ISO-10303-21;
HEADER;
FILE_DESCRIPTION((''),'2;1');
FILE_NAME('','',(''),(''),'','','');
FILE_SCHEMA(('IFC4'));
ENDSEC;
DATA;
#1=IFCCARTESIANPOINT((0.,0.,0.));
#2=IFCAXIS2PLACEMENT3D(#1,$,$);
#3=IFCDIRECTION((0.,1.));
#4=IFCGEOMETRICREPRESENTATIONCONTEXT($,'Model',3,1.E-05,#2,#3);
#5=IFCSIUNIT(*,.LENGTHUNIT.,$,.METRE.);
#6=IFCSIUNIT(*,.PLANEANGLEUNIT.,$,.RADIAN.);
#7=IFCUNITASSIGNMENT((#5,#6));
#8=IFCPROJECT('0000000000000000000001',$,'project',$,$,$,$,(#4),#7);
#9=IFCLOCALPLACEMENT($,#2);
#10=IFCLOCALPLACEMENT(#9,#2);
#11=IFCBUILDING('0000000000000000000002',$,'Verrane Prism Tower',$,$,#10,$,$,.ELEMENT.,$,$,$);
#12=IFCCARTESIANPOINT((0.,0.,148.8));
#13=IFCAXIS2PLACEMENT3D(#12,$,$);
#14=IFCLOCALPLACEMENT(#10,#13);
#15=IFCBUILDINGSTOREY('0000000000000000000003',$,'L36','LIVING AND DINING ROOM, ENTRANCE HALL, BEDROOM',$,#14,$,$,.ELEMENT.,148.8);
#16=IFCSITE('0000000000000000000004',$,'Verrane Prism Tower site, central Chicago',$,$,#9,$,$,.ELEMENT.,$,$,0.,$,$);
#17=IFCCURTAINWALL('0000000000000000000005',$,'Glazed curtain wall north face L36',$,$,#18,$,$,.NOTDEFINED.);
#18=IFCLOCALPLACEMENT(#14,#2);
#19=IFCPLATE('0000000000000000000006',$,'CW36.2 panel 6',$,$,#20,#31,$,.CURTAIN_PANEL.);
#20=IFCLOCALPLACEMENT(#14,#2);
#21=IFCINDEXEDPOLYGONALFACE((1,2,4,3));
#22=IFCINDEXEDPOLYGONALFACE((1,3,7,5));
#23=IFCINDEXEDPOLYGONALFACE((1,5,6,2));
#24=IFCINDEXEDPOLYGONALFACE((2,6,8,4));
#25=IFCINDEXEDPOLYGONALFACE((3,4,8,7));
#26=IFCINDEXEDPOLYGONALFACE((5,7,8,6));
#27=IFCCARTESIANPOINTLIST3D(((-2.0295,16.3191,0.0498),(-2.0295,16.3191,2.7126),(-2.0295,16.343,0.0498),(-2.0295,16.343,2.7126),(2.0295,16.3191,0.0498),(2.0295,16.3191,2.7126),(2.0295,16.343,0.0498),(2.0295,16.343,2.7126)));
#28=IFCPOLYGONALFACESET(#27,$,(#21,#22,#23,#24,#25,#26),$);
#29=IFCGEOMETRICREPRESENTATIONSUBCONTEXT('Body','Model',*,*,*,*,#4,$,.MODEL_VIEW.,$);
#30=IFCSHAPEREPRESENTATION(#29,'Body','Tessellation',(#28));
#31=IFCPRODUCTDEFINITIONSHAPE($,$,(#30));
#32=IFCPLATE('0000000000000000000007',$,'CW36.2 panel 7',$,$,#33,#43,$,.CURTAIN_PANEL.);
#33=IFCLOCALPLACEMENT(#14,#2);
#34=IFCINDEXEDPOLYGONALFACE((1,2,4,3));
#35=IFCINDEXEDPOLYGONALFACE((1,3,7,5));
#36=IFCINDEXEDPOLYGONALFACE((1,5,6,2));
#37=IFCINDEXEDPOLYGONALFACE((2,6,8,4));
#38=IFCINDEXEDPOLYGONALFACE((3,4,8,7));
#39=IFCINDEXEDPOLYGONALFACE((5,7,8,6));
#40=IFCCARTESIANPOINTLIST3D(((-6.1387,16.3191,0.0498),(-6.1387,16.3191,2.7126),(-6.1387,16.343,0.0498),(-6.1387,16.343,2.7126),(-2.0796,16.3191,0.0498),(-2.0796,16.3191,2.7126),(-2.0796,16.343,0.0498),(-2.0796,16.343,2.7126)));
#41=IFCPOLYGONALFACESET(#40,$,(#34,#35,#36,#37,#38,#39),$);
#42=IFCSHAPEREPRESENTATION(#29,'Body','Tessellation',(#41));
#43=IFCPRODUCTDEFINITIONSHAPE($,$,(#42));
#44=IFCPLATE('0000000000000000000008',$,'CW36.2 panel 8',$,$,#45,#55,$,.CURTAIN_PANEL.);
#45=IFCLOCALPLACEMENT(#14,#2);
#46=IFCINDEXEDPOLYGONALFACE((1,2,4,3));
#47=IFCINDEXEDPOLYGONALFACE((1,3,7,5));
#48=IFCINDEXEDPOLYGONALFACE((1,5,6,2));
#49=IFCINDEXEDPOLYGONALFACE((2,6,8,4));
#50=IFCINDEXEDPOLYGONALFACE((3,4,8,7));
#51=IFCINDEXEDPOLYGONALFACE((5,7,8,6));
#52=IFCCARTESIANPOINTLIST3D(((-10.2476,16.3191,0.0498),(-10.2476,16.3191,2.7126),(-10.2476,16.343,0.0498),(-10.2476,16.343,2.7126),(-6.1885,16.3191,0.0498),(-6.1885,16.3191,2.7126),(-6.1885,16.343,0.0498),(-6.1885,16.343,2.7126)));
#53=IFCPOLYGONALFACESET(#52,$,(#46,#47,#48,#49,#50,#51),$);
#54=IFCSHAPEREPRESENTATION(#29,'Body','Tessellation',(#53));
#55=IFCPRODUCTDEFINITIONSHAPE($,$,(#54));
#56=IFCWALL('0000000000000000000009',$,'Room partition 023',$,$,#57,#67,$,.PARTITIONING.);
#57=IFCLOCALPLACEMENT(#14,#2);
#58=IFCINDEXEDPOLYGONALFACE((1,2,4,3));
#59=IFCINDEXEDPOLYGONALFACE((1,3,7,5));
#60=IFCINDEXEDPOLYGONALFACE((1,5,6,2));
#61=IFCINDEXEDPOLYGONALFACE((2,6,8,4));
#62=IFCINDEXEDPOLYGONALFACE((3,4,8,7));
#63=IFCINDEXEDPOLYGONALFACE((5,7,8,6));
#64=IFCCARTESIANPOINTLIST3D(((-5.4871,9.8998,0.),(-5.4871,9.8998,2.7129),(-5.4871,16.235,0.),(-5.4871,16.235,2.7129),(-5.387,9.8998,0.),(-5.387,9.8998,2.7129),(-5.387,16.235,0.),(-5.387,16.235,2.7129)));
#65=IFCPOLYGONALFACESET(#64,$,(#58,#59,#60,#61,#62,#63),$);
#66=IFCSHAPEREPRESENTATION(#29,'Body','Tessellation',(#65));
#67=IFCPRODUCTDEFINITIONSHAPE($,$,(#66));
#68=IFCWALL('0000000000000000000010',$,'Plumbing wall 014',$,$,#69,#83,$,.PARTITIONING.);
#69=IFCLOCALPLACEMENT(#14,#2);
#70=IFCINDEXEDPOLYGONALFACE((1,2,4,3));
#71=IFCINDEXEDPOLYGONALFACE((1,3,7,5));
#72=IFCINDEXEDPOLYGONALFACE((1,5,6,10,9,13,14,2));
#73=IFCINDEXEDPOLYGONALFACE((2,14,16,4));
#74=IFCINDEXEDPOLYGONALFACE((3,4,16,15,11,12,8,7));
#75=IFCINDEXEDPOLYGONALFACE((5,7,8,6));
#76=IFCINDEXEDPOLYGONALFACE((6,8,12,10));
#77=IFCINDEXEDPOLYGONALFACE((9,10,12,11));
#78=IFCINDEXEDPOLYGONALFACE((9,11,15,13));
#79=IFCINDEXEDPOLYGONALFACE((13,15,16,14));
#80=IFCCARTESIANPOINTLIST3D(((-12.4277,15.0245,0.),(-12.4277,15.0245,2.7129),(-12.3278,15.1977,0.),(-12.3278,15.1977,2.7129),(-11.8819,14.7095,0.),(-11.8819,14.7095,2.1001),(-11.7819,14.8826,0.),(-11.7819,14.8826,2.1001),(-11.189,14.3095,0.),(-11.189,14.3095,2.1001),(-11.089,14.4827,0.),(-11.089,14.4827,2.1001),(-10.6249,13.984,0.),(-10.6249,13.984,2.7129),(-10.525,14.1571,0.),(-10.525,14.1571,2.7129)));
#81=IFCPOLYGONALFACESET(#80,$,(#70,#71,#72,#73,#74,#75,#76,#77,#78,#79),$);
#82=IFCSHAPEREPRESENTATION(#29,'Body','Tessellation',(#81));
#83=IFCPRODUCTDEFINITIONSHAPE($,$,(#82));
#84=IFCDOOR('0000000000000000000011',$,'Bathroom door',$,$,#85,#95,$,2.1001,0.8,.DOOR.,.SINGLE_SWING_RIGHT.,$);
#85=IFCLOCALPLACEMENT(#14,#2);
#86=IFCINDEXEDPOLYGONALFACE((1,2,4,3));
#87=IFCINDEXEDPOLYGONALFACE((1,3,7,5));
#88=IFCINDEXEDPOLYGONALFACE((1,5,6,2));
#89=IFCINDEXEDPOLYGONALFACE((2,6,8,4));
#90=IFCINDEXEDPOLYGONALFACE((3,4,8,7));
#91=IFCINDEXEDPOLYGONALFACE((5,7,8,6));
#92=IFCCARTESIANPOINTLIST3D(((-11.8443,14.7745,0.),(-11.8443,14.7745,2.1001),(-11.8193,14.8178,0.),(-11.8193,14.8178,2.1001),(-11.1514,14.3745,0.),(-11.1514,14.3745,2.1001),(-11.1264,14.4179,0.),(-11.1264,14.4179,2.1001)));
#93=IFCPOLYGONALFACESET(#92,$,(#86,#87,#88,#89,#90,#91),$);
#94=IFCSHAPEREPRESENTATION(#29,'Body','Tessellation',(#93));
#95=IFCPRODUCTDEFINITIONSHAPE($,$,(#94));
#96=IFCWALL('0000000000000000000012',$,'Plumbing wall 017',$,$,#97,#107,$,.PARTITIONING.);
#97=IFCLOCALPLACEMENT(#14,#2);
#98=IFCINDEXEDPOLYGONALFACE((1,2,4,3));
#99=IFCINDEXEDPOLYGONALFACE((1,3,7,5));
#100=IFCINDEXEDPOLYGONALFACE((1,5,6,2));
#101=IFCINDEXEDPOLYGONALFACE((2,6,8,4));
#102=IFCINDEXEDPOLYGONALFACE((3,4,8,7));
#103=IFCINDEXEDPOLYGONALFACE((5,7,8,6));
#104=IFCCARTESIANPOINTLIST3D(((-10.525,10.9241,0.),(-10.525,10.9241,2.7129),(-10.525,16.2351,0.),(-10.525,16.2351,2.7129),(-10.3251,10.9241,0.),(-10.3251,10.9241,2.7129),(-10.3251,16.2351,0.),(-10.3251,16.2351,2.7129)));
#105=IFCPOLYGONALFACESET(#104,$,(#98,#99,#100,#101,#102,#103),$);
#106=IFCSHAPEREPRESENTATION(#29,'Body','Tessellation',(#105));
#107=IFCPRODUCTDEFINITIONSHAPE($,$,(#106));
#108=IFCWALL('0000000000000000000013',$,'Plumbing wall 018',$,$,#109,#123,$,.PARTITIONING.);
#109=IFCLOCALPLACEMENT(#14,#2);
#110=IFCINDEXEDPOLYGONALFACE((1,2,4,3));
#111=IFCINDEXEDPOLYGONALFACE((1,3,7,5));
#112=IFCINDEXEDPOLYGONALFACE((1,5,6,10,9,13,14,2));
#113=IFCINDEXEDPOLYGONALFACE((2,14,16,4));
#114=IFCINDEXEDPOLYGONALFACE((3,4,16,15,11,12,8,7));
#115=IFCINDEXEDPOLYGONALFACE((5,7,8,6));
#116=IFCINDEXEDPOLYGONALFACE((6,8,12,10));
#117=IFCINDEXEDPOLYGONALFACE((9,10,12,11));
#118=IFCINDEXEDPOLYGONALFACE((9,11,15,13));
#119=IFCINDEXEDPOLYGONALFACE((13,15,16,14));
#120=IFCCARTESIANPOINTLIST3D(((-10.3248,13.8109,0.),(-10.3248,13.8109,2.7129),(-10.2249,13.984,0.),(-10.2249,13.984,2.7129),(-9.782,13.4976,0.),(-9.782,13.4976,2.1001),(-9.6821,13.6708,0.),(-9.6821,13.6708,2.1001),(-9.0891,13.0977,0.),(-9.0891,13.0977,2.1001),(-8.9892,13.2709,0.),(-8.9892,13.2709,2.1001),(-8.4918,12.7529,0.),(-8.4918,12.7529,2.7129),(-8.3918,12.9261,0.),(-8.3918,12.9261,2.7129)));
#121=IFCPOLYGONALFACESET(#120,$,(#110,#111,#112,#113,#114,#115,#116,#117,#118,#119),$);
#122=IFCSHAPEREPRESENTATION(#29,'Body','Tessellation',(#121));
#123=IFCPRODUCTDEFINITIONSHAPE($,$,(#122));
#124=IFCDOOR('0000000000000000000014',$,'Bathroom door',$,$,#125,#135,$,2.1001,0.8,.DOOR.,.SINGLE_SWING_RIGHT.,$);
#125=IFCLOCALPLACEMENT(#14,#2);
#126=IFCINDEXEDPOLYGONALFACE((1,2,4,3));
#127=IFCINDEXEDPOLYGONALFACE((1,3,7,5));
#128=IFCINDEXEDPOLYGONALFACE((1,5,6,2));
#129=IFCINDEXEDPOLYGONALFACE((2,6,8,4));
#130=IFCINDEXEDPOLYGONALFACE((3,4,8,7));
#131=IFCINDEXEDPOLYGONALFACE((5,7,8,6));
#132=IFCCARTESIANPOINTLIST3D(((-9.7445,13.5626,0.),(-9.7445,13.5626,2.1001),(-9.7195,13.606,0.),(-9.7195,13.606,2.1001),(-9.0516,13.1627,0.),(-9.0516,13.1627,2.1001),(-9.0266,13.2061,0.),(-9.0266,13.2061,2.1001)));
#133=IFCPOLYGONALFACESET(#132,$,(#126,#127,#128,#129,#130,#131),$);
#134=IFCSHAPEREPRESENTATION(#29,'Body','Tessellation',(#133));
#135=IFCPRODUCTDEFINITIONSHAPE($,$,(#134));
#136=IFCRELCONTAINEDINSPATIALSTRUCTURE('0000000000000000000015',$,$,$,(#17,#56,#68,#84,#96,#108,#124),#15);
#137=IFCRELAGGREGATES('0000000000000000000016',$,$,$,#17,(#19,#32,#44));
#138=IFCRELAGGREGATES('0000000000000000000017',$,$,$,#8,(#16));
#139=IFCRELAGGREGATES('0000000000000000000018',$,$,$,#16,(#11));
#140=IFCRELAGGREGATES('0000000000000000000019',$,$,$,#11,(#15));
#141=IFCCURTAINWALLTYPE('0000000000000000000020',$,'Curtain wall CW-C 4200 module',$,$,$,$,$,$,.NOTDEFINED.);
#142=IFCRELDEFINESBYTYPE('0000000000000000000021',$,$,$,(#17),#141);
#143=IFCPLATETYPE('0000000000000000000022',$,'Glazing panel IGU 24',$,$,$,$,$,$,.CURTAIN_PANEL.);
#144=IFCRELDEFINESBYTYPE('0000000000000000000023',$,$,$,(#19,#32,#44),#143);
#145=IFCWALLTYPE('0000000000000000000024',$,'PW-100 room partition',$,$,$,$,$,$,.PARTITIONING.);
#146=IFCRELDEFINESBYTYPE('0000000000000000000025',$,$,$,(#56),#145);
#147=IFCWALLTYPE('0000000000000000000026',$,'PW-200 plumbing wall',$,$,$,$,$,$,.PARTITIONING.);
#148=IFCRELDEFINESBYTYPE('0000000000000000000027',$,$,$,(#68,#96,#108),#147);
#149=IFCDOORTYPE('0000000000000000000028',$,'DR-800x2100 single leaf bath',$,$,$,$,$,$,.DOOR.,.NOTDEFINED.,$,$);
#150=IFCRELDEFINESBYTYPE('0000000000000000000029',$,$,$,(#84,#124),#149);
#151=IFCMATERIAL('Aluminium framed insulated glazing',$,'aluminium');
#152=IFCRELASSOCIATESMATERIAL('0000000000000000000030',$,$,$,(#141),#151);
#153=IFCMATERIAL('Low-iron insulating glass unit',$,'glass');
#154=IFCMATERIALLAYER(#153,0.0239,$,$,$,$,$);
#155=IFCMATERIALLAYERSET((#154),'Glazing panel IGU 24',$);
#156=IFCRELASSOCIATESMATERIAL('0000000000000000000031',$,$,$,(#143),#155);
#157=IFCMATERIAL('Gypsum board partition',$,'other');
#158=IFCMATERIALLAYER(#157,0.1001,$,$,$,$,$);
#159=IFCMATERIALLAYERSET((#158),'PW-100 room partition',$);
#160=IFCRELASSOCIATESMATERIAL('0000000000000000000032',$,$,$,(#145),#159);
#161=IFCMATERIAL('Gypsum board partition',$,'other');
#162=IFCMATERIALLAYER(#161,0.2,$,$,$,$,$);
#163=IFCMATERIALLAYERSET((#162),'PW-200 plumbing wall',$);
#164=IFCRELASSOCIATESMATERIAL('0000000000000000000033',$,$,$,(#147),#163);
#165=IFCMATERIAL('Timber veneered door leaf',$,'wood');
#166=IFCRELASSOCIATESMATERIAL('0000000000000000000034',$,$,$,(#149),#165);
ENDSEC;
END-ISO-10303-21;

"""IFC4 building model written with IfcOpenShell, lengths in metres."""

from ifc_helpers import new_model, si_unit, direction, frame, frame_2d, origin, origin_2d, place, context, subcontext, project, spatial, rectangle, extrude, material, layer, layer_set, type_object, element, fill, aggregate, save


model = new_model("IFC4")

# Units and contexts
model_context = context("Model", 3, precision=1e-05, world=origin(), true_north=direction((0.0, 1.0)))
body_context = subcontext(model_context, "Body", "Model", "MODEL_VIEW")
ifc_project = project(units=[si_unit("LENGTHUNIT", "METRE"), si_unit("PLANEANGLEUNIT", "RADIAN")], contexts=[model_context])

# Site, building, storey
site_placement = place(None, origin())
site = spatial("IfcSite", under=ifc_project, at=site_placement, Name="Verrane Prism Tower site, central Chicago", CompositionType="ELEMENT", RefElevation=0.0)
building_placement = place(site_placement, origin())
building = spatial("IfcBuilding", under=site, at=building_placement, Name="Verrane Prism Tower", CompositionType="ELEMENT")
storey_placement = place(building_placement, frame((0.0, 0.0, 148.8)))
storey = spatial("IfcBuildingStorey", under=building, at=storey_placement, Name="L36", Description="LIVING AND DINING ROOM, ENTRANCE HALL, BEDROOM", CompositionType="ELEMENT", Elevation=148.8)

# Curtain wall
ifc_material_1 = material(Name="Aluminium framed insulated glazing", Category="aluminium")
curtain_wall_type = type_object("IfcCurtainWallType", Name="Curtain wall CW-C 4200 module", PredefinedType="NOTDEFINED", material=ifc_material_1)
curtain_wall_placement = place(storey_placement, origin())
curtain_wall = element("IfcCurtainWall", 1, at=curtain_wall_placement, inside=storey, type_object=curtain_wall_type, Name="Glazed curtain wall north face L36", PredefinedType="NOTDEFINED")

# Plates
ifc_material_2 = material(Name="Low-iron insulating glass unit", Category="glass")
ifc_layer_1 = layer(ifc_material_2, 0.0239)
ifc_layer_set_1 = layer_set([ifc_layer_1], Name="Glazing panel IGU 24")
plate_type = type_object("IfcPlateType", Name="Glazing panel IGU 24", PredefinedType="CURTAIN_PANEL", material=ifc_layer_set_1)
plate_1_placement = place(storey_placement, frame((0.0, 16.3311, 0.0498), z_axis=(0.0, 0.0, 1.0), x_axis=(-1.0, 0.0, 0.0)))
plate_1 = element("IfcPlate", 2, at=plate_1_placement, type_object=plate_type, Name="CW36.2 panel 6", PredefinedType="CURTAIN_PANEL", context=body_context, shape_type="SweptSolid", body=[
    extrude(rectangle(XDim=4.0591, YDim=0.0239, at=origin_2d()), origin(), (0.0, 0.0, 1.0), 2.6628),
])
plate_2_placement = place(storey_placement, frame((-4.1091, 16.3311, 0.0498), z_axis=(0.0, 0.0, 1.0), x_axis=(-1.0, 0.0, 0.0)))
plate_2 = element("IfcPlate", 3, at=plate_2_placement, type_object=plate_type, Name="CW36.2 panel 7", PredefinedType="CURTAIN_PANEL", context=body_context, shape_type="SweptSolid", body=[
    extrude(rectangle(XDim=4.0591, YDim=0.0239, at=origin_2d()), origin(), (0.0, 0.0, 1.0), 2.6628),
])
plate_3_placement = place(storey_placement, frame((-8.218, 16.3311, 0.0498), z_axis=(0.0, 0.0, 1.0), x_axis=(-1.0, 0.0, 0.0)))
plate_3 = element("IfcPlate", 4, at=plate_3_placement, type_object=plate_type, Name="CW36.2 panel 8", PredefinedType="CURTAIN_PANEL", context=body_context, shape_type="SweptSolid", body=[
    extrude(rectangle(XDim=4.0591, YDim=0.0239, at=origin_2d()), origin(), (0.0, 0.0, 1.0), 2.6628),
])
aggregate(curtain_wall, [plate_1, plate_2, plate_3])

# Wall
ifc_material_3 = material(Name="Gypsum board partition", Category="other")
ifc_layer_2 = layer(ifc_material_3, 0.1001)
ifc_layer_set_2 = layer_set([ifc_layer_2], Name="PW-100 room partition")
wall_type_1 = type_object("IfcWallType", Name="PW-100 room partition", PredefinedType="PARTITIONING", material=ifc_layer_set_2)
wall_1_placement = place(storey_placement, frame((-5.437, 9.8999, 0.0), z_axis=(0.0, 0.0, 1.0), x_axis=(0.0, 1.0, 0.0)))
element("IfcWall", 5, at=wall_1_placement, inside=storey, type_object=wall_type_1, Name="Room partition 023", PredefinedType="PARTITIONING", context=body_context, shape_type="SweptSolid", body=[
    extrude(rectangle(XDim=6.3352, YDim=0.1001, at=frame_2d((3.1675, 0.0))), origin(), (0.0, 0.0, 1.0), 2.7129),
])

# Wall, opening, door
ifc_material_4 = material(Name="Gypsum board partition", Category="other")
ifc_layer_3 = layer(ifc_material_4, 0.2)
ifc_layer_set_3 = layer_set([ifc_layer_3], Name="PW-200 plumbing wall")
wall_type_2 = type_object("IfcWallType", Name="PW-200 plumbing wall", PredefinedType="PARTITIONING", material=ifc_layer_set_3)
wall_2_placement = place(storey_placement, frame((-10.575, 14.0706, 0.0), z_axis=(0.0, 0.0, 1.0), x_axis=(-0.866084, 0.499898, 0.0)))
wall_2 = element("IfcWall", 6, at=wall_2_placement, inside=storey, type_object=wall_type_2, Name="Plumbing wall 014", PredefinedType="PARTITIONING", context=body_context, shape_type="SweptSolid", body=[
    extrude(rectangle(XDim=2.0815, YDim=0.2, at=frame_2d((1.0408, 0.0))), origin(), (0.0, 0.0, 1.0), 2.7129),
])
opening_1_placement = place(wall_2_placement, frame((0.6514, 0.0, 0.0)))
opening_1 = element("IfcOpeningElement", 7, at=opening_1_placement, cuts=wall_2, PredefinedType="OPENING", context=body_context, shape_type="SweptSolid", body=[
    extrude(rectangle(XDim=0.8, YDim=2.1001, at=frame_2d((0.3999, 1.05))), frame((0.0, 0.1099, 0.0), z_axis=(0.0, -1.0, 0.0), x_axis=(1.0, 0.0, 0.0)), (0.0, 0.0, 1.0), 0.22),
])
ifc_material_5 = material(Name="Timber veneered door leaf", Category="wood")
door_type_1 = type_object("IfcDoorType", Name="DR-800x2100 single leaf bath", OperationType="NOTDEFINED", PredefinedType="DOOR", material=ifc_material_5)
door_1_placement = place(opening_1_placement, origin())
door_1 = element("IfcDoor", 8, at=door_1_placement, inside=storey, type_object=door_type_1, Name="Bathroom door", OperationType="SINGLE_SWING_RIGHT", OverallHeight=2.1001, OverallWidth=0.8, PredefinedType="DOOR", context=body_context, shape_type="SweptSolid", body=[
    extrude(rectangle(XDim=0.8, YDim=2.1001, at=frame_2d((0.3999, 1.05))), frame((0.0, 0.0249, 0.0), z_axis=(0.0, -1.0, 0.0), x_axis=(1.0, 0.0, 0.0)), (0.0, 0.0, 1.0), 0.05),
])
fill(opening_1, door_1)

# Wall
wall_3_placement = place(storey_placement, frame((-10.425, 10.9241, 0.0), z_axis=(0.0, 0.0, 1.0), x_axis=(0.0, 1.0, 0.0)))
element("IfcWall", 9, at=wall_3_placement, inside=storey, type_object=wall_type_2, Name="Plumbing wall 017", PredefinedType="PARTITIONING", context=body_context, shape_type="SweptSolid", body=[
    extrude(rectangle(XDim=5.311, YDim=0.2, at=frame_2d((2.6555, 0.0))), origin(), (0.0, 0.0, 1.0), 2.7129),
])

# Wall, opening, door
wall_4_placement = place(storey_placement, frame((-8.4419, 12.8396, 0.0), z_axis=(0.0, 0.0, 1.0), x_axis=(-0.866113, 0.499849, 0.0)))
wall_4 = element("IfcWall", 10, at=wall_4_placement, inside=storey, type_object=wall_type_2, Name="Plumbing wall 018", PredefinedType="PARTITIONING", context=body_context, shape_type="SweptSolid", body=[
    extrude(rectangle(XDim=2.1165, YDim=0.2, at=frame_2d((1.0581, 0.0))), origin(), (0.0, 0.0, 1.0), 2.7129),
])
opening_2_placement = place(wall_4_placement, frame((0.6897, 0.0, 0.0)))
opening_2 = element("IfcOpeningElement", 11, at=opening_2_placement, cuts=wall_4, PredefinedType="OPENING", context=body_context, shape_type="SweptSolid", body=[
    extrude(rectangle(XDim=0.8, YDim=2.1001, at=frame_2d((0.3999, 1.05))), frame((0.0, 0.1099, 0.0), z_axis=(0.0, -1.0, 0.0), x_axis=(1.0, 0.0, 0.0)), (0.0, 0.0, 1.0), 0.22),
])
door_2_placement = place(opening_2_placement, origin())
door_2 = element("IfcDoor", 12, at=door_2_placement, inside=storey, type_object=door_type_1, Name="Bathroom door", OperationType="SINGLE_SWING_RIGHT", OverallHeight=2.1001, OverallWidth=0.8, PredefinedType="DOOR", context=body_context, shape_type="SweptSolid", body=[
    extrude(rectangle(XDim=0.8, YDim=2.1001, at=frame_2d((0.3999, 1.05))), frame((0.0, 0.0249, 0.0), z_axis=(0.0, -1.0, 0.0), x_axis=(1.0, 0.0, 0.0)), (0.0, 0.0, 1.0), 0.05),
])
fill(opening_2, door_2)

save(model, "model.ifc")
